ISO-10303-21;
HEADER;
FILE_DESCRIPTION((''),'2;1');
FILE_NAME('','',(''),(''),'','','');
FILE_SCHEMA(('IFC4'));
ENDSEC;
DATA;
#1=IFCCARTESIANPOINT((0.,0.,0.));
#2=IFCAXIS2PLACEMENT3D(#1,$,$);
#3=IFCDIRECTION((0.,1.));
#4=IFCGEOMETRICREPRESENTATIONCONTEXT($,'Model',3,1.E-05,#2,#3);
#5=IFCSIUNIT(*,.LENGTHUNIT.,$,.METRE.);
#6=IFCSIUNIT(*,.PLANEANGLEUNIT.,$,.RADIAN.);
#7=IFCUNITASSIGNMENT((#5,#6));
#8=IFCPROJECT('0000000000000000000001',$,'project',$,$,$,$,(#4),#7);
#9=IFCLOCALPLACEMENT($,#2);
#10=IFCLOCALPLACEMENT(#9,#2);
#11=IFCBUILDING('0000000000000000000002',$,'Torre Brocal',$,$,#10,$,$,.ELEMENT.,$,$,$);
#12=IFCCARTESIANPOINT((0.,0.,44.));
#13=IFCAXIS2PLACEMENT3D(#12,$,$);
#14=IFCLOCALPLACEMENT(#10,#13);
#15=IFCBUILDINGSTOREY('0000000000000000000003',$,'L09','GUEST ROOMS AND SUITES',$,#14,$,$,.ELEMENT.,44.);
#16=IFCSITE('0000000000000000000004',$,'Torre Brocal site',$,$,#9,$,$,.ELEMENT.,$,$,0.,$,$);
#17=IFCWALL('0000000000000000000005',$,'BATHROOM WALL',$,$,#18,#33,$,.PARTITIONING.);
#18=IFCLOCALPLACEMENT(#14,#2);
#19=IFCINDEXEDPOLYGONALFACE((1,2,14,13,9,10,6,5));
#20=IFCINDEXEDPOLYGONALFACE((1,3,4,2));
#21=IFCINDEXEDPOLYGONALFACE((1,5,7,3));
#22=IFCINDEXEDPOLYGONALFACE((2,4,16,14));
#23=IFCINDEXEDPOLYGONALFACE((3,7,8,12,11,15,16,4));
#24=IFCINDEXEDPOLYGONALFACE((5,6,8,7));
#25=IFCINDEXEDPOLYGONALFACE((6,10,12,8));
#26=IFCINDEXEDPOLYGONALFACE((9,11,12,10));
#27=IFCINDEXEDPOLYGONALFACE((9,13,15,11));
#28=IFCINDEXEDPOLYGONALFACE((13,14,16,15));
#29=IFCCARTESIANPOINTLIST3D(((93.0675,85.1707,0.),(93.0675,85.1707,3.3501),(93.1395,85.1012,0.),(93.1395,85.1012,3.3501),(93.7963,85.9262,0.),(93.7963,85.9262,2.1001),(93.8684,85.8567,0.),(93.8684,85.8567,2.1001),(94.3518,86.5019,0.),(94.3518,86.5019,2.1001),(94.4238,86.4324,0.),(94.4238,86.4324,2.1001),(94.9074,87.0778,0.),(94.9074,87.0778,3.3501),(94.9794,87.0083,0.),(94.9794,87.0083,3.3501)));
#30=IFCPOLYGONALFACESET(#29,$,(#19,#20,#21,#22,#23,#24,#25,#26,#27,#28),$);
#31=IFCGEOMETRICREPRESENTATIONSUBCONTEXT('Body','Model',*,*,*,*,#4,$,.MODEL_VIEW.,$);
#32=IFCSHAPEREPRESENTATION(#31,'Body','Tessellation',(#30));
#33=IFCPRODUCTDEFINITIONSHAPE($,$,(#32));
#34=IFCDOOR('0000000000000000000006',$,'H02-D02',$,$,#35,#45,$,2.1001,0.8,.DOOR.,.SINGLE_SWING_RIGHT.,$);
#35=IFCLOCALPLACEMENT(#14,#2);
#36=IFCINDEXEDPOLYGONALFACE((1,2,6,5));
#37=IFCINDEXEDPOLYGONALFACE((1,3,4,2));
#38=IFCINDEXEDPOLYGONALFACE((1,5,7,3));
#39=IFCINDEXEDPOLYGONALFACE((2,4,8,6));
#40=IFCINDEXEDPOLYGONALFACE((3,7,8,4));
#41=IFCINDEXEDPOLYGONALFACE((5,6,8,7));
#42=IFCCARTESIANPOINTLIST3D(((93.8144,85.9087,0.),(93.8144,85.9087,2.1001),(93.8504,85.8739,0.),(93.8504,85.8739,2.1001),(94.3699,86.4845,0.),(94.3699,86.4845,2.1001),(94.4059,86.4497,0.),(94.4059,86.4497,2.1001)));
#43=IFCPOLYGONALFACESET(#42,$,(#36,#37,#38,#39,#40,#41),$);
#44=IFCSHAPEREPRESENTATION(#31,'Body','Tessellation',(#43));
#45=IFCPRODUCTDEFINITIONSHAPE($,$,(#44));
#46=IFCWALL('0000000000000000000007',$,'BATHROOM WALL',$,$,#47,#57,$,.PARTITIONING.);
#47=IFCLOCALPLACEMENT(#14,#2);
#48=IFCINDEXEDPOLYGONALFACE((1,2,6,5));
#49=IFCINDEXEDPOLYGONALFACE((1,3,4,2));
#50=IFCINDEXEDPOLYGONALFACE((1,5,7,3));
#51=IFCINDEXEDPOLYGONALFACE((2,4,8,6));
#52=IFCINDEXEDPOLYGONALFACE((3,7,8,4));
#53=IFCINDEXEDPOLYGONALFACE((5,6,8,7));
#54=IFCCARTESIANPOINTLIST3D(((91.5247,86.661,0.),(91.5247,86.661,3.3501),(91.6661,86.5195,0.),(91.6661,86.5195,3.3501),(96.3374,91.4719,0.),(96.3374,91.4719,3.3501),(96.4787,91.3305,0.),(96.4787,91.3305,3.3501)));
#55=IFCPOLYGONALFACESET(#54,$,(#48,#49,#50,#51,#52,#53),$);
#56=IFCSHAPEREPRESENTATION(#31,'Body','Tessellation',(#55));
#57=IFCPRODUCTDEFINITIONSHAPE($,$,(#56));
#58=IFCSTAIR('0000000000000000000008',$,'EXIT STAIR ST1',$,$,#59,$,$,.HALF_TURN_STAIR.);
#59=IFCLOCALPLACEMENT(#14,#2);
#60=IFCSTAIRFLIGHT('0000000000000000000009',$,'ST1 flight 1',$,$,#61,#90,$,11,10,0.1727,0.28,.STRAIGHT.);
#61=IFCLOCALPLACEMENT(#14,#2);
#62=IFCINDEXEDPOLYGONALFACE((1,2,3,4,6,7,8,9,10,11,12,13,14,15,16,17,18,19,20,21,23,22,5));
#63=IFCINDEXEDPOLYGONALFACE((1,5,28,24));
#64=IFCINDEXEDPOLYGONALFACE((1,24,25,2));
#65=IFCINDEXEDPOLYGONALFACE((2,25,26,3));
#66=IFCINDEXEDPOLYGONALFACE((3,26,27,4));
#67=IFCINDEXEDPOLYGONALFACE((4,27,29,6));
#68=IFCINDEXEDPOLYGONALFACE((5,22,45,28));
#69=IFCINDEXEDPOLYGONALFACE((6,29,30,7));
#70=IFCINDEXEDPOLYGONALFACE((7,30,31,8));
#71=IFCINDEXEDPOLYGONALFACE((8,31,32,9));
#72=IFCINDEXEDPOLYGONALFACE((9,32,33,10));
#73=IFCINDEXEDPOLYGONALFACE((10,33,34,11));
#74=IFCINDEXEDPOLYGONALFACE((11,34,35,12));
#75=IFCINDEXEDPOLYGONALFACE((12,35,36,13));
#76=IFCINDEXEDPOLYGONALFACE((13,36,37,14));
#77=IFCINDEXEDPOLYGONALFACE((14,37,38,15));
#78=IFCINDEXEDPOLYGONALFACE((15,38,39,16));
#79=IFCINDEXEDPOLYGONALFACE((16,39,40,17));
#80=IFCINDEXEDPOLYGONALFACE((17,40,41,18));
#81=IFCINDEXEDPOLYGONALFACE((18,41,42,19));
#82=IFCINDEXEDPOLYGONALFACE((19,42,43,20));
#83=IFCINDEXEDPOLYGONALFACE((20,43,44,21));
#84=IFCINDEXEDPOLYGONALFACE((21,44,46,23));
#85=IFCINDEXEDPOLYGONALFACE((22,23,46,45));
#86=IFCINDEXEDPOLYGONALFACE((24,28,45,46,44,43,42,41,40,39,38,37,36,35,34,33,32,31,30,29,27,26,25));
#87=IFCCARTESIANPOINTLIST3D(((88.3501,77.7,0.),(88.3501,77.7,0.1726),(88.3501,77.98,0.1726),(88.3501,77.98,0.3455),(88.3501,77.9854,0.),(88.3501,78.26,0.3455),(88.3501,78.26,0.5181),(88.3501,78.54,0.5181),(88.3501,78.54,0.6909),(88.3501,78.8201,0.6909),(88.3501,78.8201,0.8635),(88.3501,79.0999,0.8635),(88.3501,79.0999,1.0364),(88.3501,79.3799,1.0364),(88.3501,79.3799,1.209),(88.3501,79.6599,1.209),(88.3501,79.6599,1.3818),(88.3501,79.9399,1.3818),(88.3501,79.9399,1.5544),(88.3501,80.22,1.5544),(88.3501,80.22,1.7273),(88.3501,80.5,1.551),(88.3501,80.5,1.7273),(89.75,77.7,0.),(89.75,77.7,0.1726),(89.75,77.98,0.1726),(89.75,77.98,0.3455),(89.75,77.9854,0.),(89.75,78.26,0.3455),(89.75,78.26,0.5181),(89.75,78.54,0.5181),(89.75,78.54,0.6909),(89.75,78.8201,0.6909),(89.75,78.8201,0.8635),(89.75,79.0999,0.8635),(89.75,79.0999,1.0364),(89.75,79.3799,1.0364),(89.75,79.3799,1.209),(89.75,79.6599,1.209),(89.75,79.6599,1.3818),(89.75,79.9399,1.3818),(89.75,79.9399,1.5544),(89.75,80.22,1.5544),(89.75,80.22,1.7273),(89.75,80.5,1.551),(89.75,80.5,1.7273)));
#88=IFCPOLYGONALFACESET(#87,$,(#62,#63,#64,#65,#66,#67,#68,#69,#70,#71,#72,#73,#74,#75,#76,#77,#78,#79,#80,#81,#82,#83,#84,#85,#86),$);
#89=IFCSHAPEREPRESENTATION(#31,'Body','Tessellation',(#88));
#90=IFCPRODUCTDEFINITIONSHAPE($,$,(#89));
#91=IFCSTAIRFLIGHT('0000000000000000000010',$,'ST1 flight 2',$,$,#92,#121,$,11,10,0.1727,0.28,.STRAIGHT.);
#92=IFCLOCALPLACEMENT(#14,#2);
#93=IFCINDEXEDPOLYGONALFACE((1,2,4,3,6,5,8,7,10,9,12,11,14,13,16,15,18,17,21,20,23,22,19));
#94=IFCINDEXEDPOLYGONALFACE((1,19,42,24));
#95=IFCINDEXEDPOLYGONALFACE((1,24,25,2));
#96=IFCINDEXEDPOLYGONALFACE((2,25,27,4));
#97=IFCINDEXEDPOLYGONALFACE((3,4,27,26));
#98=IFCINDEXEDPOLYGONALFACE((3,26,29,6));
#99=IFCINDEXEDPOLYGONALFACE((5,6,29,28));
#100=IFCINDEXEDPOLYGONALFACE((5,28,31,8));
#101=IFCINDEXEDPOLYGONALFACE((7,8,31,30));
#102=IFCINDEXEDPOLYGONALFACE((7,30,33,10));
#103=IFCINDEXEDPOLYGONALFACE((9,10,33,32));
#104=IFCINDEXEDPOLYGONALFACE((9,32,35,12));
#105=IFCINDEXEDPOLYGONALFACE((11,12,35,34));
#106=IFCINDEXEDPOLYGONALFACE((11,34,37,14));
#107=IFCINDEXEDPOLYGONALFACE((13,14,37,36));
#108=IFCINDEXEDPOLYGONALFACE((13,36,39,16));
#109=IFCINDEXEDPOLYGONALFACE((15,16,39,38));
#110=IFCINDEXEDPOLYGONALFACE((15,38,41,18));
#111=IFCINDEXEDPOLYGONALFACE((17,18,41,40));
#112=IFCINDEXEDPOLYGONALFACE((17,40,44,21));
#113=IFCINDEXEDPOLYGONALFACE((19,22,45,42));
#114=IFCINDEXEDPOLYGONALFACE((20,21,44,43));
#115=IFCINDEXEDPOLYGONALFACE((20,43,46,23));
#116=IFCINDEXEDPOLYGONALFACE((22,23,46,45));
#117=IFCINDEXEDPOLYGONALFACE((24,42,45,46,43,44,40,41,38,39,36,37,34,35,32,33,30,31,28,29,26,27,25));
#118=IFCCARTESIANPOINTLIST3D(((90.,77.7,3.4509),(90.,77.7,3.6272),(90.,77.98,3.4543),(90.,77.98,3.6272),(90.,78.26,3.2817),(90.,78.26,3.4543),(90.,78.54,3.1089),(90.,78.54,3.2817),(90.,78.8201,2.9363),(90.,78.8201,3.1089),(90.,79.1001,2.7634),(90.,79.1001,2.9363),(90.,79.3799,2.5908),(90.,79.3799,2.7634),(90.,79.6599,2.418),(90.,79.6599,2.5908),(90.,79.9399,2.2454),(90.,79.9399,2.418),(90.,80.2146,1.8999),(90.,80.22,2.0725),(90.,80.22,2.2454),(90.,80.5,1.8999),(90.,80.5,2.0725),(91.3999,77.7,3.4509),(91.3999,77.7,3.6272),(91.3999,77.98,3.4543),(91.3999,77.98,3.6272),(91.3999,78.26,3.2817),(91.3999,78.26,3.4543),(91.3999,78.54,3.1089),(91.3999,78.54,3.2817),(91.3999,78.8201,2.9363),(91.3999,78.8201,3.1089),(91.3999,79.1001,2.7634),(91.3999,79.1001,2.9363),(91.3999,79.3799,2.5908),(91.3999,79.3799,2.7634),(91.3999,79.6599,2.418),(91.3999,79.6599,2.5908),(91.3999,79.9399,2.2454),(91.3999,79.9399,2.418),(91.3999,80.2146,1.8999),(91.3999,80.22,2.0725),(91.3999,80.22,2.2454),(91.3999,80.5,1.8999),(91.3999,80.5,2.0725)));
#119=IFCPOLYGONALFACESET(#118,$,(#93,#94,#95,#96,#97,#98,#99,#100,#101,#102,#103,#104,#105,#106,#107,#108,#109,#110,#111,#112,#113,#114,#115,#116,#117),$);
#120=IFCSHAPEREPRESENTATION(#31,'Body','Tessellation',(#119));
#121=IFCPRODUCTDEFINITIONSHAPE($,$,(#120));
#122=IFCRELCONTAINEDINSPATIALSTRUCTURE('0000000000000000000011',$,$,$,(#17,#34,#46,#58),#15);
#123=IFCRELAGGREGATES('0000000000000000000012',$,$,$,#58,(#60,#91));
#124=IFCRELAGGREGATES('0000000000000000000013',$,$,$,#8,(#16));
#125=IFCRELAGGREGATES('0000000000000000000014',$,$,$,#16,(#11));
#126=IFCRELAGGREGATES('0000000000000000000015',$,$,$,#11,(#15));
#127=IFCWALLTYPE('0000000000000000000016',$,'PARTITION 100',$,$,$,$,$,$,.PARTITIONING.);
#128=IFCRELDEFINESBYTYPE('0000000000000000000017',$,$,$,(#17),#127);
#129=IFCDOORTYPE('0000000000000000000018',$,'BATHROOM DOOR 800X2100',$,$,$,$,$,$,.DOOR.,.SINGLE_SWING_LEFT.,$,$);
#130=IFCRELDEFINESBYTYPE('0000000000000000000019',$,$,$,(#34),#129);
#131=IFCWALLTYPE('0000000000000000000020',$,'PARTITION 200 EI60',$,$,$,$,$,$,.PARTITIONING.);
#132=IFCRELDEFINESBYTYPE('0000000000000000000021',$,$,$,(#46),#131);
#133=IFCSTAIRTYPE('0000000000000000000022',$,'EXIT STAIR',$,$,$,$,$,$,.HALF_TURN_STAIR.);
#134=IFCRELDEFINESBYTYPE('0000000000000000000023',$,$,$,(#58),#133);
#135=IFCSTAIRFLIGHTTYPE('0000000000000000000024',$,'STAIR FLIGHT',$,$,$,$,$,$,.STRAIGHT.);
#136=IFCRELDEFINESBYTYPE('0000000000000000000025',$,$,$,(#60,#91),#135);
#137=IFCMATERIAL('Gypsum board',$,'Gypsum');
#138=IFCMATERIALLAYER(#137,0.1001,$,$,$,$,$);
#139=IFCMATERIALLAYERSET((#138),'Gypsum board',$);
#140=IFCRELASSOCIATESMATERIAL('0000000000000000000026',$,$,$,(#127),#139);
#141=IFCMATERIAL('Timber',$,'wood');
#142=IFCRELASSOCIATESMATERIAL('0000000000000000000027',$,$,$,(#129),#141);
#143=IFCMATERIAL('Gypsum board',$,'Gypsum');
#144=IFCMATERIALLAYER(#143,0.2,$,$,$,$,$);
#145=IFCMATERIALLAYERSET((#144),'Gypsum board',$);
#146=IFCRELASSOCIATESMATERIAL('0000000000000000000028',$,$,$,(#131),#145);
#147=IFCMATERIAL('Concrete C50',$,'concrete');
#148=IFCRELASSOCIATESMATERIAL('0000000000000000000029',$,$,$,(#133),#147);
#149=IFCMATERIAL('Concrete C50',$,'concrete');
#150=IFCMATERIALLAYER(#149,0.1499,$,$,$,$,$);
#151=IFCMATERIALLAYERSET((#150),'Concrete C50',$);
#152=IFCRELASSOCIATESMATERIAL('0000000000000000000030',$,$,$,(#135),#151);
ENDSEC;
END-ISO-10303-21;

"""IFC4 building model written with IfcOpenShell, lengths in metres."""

from ifc_helpers import new_model, si_unit, direction, frame, frame_2d, origin, place, context, subcontext, project, spatial, polyline, rectangle, outline, extrude, material, layer, layer_set, type_object, element, fill, aggregate, save


model = new_model("IFC4")

# Units and contexts
model_context = context("Model", 3, precision=1e-05, world=origin(), true_north=direction((0.0, 1.0)))
body_context = subcontext(model_context, "Body", "Model", "MODEL_VIEW")
ifc_project = project(units=[si_unit("LENGTHUNIT", "METRE"), si_unit("PLANEANGLEUNIT", "RADIAN")], contexts=[model_context])

# Site, building, storey
site_placement = place(None, origin())
site = spatial("IfcSite", under=ifc_project, at=site_placement, Name="Torre Brocal site", CompositionType="ELEMENT", RefElevation=0.0)
building_placement = place(site_placement, origin())
building = spatial("IfcBuilding", under=site, at=building_placement, Name="Torre Brocal", CompositionType="ELEMENT")
storey_placement = place(building_placement, frame((0.0, 0.0, 44.0)))
storey = spatial("IfcBuildingStorey", under=building, at=storey_placement, Name="L09", Description="GUEST ROOMS AND SUITES", CompositionType="ELEMENT", Elevation=44.0)

# Wall, opening, door
ifc_material_1 = material(Name="Gypsum board", Category="Gypsum")
ifc_layer_1 = layer(ifc_material_1, 0.1001)
ifc_layer_set_1 = layer_set([ifc_layer_1], Name="Gypsum board")
wall_type_1 = type_object("IfcWallType", Name="PARTITION 100", PredefinedType="PARTITIONING", material=ifc_layer_set_1)
wall_1_placement = place(storey_placement, frame((93.1035, 85.136, 0.0), z_axis=(0.0, 0.0, 1.0), x_axis=(0.694325, 0.719662, 0.0)))
wall_1 = element("IfcWall", 1, at=wall_1_placement, inside=storey, type_object=wall_type_1, Name="BATHROOM WALL", PredefinedType="PARTITIONING", context=body_context, shape_type="SweptSolid", body=[
    extrude(rectangle(XDim=2.6499, YDim=0.1001, at=frame_2d((1.325, 0.0))), origin(), (0.0, 0.0, 1.0), 3.3501),
])
opening_1_placement = place(wall_1_placement, frame((1.0498, 0.0, 0.0)))
opening_1 = element("IfcOpeningElement", 2, at=opening_1_placement, cuts=wall_1, PredefinedType="OPENING", context=body_context, shape_type="SweptSolid", body=[
    extrude(rectangle(XDim=0.8, YDim=2.1001, at=frame_2d((0.3999, 1.05))), frame((0.0, 0.0601, 0.0), z_axis=(0.0, -1.0, 0.0), x_axis=(1.0, 0.0, 0.0)), (0.0, 0.0, 1.0), 0.1201),
])
ifc_material_2 = material(Name="Timber", Category="wood")
door_type_1 = type_object("IfcDoorType", Name="BATHROOM DOOR 800X2100", OperationType="SINGLE_SWING_LEFT", PredefinedType="DOOR", material=ifc_material_2)
door_1_placement = place(opening_1_placement, origin())
door_1 = element("IfcDoor", 3, at=door_1_placement, inside=storey, type_object=door_type_1, Name="H02-D02", OperationType="SINGLE_SWING_RIGHT", OverallHeight=2.1001, OverallWidth=0.8, PredefinedType="DOOR", context=body_context, shape_type="SweptSolid", body=[
    extrude(rectangle(XDim=0.8, YDim=2.1001, at=frame_2d((0.3999, 1.05))), frame((0.0, 0.0249, 0.0), z_axis=(0.0, -1.0, 0.0), x_axis=(1.0, 0.0, 0.0)), (0.0, 0.0, 1.0), 0.05),
])
fill(opening_1, door_1)

# Wall
ifc_material_3 = material(Name="Gypsum board", Category="Gypsum")
ifc_layer_2 = layer(ifc_material_3, 0.2)
ifc_layer_set_2 = layer_set([ifc_layer_2], Name="Gypsum board")
wall_type_2 = type_object("IfcWallType", Name="PARTITION 200 EI60", PredefinedType="PARTITIONING", material=ifc_layer_set_2)
wall_2_placement = place(storey_placement, frame((91.5955, 86.5903, 0.0), z_axis=(0.0, 0.0, 1.0), x_axis=(0.707232, 0.706981, 0.0)))
element("IfcWall", 4, at=wall_2_placement, inside=storey, type_object=wall_type_2, Name="BATHROOM WALL", PredefinedType="PARTITIONING", context=body_context, shape_type="SweptSolid", body=[
    extrude(rectangle(XDim=6.8049, YDim=0.2, at=frame_2d((3.4023, 0.0))), origin(), (0.0, 0.0, 1.0), 3.3501),
])

# Stair, stair flights
ifc_material_4 = material(Name="Concrete C50", Category="concrete")
stair_type = type_object("IfcStairType", Name="EXIT STAIR", PredefinedType="HALF_TURN_STAIR", material=ifc_material_4)
stair_placement = place(storey_placement, origin())
stair = element("IfcStair", 5, at=stair_placement, inside=storey, type_object=stair_type, Name="EXIT STAIR ST1", PredefinedType="HALF_TURN_STAIR")
ifc_material_5 = material(Name="Concrete C50", Category="concrete")
ifc_layer_3 = layer(ifc_material_5, 0.1499)
ifc_layer_set_3 = layer_set([ifc_layer_3], Name="Concrete C50")
stair_flight_type = type_object("IfcStairFlightType", Name="STAIR FLIGHT", PredefinedType="STRAIGHT", material=ifc_layer_set_3)
stair_flight_1_placement = place(storey_placement, frame((89.05, 77.7, 0.0), z_axis=(0.0, 0.0, 1.0), x_axis=(0.0, 1.0, 0.0)))
stair_flight_1 = element("IfcStairFlight", 6, at=stair_flight_1_placement, type_object=stair_flight_type, Name="ST1 flight 1", NumberOfRisers=11, NumberOfTreads=10, PredefinedType="STRAIGHT", RiserHeight=0.1727, TreadLength=0.28, context=body_context, shape_type="SweptSolid", body=[
    extrude(outline(polyline([(0.0, 0.0), (0.0, 0.1726), (0.28, 0.1726), (0.28, 0.3455), (0.5601, 0.3455), (0.5601, 0.5181), (0.8401, 0.5181), (0.8401, 0.6909), (1.1201, 0.6909), (1.1201, 0.8635), (1.3999, 0.8635), (1.3999, 1.0364), (1.6799, 1.0364), (1.6799, 1.209), (1.96, 1.209), (1.96, 1.3818), (2.24, 1.3818), (2.24, 1.5544), (2.52, 1.5544), (2.52, 1.7273), (2.8, 1.7273), (2.8, 1.8999), (2.8, 1.551), (0.2854, 0.0), (0.0, 0.0)])), frame((0.0, 0.7, 0.0), z_axis=(0.0, -1.0, 0.0), x_axis=(1.0, 0.0, 0.0)), (0.0, 0.0, 1.0), 1.3999),
])
stair_flight_2_placement = place(storey_placement, frame((90.7, 80.5, 1.8999), z_axis=(0.0, 0.0, 1.0), x_axis=(0.0, -1.0, 0.0)))
stair_flight_2 = element("IfcStairFlight", 7, at=stair_flight_2_placement, type_object=stair_flight_type, Name="ST1 flight 2", NumberOfRisers=11, NumberOfTreads=10, PredefinedType="STRAIGHT", RiserHeight=0.1727, TreadLength=0.28, context=body_context, shape_type="SweptSolid", body=[
    extrude(outline(polyline([(0.0, 0.0), (0.0, 0.1726), (0.28, 0.1726), (0.28, 0.3455), (0.5601, 0.3455), (0.5601, 0.5181), (0.8401, 0.5181), (0.8401, 0.6909), (1.1201, 0.6909), (1.1201, 0.8635), (1.3999, 0.8635), (1.3999, 1.0364), (1.6799, 1.0364), (1.6799, 1.209), (1.96, 1.209), (1.96, 1.3818), (2.24, 1.3818), (2.24, 1.5544), (2.52, 1.5544), (2.52, 1.7273), (2.8, 1.7273), (2.8, 1.8999), (2.8, 1.551), (0.2854, 0.0), (0.0, 0.0)])), frame((0.0, 0.7, 0.0), z_axis=(0.0, -1.0, 0.0), x_axis=(1.0, 0.0, 0.0)), (0.0, 0.0, 1.0), 1.3999),
])
aggregate(stair, [stair_flight_1, stair_flight_2])

save(model, "model.ifc")
